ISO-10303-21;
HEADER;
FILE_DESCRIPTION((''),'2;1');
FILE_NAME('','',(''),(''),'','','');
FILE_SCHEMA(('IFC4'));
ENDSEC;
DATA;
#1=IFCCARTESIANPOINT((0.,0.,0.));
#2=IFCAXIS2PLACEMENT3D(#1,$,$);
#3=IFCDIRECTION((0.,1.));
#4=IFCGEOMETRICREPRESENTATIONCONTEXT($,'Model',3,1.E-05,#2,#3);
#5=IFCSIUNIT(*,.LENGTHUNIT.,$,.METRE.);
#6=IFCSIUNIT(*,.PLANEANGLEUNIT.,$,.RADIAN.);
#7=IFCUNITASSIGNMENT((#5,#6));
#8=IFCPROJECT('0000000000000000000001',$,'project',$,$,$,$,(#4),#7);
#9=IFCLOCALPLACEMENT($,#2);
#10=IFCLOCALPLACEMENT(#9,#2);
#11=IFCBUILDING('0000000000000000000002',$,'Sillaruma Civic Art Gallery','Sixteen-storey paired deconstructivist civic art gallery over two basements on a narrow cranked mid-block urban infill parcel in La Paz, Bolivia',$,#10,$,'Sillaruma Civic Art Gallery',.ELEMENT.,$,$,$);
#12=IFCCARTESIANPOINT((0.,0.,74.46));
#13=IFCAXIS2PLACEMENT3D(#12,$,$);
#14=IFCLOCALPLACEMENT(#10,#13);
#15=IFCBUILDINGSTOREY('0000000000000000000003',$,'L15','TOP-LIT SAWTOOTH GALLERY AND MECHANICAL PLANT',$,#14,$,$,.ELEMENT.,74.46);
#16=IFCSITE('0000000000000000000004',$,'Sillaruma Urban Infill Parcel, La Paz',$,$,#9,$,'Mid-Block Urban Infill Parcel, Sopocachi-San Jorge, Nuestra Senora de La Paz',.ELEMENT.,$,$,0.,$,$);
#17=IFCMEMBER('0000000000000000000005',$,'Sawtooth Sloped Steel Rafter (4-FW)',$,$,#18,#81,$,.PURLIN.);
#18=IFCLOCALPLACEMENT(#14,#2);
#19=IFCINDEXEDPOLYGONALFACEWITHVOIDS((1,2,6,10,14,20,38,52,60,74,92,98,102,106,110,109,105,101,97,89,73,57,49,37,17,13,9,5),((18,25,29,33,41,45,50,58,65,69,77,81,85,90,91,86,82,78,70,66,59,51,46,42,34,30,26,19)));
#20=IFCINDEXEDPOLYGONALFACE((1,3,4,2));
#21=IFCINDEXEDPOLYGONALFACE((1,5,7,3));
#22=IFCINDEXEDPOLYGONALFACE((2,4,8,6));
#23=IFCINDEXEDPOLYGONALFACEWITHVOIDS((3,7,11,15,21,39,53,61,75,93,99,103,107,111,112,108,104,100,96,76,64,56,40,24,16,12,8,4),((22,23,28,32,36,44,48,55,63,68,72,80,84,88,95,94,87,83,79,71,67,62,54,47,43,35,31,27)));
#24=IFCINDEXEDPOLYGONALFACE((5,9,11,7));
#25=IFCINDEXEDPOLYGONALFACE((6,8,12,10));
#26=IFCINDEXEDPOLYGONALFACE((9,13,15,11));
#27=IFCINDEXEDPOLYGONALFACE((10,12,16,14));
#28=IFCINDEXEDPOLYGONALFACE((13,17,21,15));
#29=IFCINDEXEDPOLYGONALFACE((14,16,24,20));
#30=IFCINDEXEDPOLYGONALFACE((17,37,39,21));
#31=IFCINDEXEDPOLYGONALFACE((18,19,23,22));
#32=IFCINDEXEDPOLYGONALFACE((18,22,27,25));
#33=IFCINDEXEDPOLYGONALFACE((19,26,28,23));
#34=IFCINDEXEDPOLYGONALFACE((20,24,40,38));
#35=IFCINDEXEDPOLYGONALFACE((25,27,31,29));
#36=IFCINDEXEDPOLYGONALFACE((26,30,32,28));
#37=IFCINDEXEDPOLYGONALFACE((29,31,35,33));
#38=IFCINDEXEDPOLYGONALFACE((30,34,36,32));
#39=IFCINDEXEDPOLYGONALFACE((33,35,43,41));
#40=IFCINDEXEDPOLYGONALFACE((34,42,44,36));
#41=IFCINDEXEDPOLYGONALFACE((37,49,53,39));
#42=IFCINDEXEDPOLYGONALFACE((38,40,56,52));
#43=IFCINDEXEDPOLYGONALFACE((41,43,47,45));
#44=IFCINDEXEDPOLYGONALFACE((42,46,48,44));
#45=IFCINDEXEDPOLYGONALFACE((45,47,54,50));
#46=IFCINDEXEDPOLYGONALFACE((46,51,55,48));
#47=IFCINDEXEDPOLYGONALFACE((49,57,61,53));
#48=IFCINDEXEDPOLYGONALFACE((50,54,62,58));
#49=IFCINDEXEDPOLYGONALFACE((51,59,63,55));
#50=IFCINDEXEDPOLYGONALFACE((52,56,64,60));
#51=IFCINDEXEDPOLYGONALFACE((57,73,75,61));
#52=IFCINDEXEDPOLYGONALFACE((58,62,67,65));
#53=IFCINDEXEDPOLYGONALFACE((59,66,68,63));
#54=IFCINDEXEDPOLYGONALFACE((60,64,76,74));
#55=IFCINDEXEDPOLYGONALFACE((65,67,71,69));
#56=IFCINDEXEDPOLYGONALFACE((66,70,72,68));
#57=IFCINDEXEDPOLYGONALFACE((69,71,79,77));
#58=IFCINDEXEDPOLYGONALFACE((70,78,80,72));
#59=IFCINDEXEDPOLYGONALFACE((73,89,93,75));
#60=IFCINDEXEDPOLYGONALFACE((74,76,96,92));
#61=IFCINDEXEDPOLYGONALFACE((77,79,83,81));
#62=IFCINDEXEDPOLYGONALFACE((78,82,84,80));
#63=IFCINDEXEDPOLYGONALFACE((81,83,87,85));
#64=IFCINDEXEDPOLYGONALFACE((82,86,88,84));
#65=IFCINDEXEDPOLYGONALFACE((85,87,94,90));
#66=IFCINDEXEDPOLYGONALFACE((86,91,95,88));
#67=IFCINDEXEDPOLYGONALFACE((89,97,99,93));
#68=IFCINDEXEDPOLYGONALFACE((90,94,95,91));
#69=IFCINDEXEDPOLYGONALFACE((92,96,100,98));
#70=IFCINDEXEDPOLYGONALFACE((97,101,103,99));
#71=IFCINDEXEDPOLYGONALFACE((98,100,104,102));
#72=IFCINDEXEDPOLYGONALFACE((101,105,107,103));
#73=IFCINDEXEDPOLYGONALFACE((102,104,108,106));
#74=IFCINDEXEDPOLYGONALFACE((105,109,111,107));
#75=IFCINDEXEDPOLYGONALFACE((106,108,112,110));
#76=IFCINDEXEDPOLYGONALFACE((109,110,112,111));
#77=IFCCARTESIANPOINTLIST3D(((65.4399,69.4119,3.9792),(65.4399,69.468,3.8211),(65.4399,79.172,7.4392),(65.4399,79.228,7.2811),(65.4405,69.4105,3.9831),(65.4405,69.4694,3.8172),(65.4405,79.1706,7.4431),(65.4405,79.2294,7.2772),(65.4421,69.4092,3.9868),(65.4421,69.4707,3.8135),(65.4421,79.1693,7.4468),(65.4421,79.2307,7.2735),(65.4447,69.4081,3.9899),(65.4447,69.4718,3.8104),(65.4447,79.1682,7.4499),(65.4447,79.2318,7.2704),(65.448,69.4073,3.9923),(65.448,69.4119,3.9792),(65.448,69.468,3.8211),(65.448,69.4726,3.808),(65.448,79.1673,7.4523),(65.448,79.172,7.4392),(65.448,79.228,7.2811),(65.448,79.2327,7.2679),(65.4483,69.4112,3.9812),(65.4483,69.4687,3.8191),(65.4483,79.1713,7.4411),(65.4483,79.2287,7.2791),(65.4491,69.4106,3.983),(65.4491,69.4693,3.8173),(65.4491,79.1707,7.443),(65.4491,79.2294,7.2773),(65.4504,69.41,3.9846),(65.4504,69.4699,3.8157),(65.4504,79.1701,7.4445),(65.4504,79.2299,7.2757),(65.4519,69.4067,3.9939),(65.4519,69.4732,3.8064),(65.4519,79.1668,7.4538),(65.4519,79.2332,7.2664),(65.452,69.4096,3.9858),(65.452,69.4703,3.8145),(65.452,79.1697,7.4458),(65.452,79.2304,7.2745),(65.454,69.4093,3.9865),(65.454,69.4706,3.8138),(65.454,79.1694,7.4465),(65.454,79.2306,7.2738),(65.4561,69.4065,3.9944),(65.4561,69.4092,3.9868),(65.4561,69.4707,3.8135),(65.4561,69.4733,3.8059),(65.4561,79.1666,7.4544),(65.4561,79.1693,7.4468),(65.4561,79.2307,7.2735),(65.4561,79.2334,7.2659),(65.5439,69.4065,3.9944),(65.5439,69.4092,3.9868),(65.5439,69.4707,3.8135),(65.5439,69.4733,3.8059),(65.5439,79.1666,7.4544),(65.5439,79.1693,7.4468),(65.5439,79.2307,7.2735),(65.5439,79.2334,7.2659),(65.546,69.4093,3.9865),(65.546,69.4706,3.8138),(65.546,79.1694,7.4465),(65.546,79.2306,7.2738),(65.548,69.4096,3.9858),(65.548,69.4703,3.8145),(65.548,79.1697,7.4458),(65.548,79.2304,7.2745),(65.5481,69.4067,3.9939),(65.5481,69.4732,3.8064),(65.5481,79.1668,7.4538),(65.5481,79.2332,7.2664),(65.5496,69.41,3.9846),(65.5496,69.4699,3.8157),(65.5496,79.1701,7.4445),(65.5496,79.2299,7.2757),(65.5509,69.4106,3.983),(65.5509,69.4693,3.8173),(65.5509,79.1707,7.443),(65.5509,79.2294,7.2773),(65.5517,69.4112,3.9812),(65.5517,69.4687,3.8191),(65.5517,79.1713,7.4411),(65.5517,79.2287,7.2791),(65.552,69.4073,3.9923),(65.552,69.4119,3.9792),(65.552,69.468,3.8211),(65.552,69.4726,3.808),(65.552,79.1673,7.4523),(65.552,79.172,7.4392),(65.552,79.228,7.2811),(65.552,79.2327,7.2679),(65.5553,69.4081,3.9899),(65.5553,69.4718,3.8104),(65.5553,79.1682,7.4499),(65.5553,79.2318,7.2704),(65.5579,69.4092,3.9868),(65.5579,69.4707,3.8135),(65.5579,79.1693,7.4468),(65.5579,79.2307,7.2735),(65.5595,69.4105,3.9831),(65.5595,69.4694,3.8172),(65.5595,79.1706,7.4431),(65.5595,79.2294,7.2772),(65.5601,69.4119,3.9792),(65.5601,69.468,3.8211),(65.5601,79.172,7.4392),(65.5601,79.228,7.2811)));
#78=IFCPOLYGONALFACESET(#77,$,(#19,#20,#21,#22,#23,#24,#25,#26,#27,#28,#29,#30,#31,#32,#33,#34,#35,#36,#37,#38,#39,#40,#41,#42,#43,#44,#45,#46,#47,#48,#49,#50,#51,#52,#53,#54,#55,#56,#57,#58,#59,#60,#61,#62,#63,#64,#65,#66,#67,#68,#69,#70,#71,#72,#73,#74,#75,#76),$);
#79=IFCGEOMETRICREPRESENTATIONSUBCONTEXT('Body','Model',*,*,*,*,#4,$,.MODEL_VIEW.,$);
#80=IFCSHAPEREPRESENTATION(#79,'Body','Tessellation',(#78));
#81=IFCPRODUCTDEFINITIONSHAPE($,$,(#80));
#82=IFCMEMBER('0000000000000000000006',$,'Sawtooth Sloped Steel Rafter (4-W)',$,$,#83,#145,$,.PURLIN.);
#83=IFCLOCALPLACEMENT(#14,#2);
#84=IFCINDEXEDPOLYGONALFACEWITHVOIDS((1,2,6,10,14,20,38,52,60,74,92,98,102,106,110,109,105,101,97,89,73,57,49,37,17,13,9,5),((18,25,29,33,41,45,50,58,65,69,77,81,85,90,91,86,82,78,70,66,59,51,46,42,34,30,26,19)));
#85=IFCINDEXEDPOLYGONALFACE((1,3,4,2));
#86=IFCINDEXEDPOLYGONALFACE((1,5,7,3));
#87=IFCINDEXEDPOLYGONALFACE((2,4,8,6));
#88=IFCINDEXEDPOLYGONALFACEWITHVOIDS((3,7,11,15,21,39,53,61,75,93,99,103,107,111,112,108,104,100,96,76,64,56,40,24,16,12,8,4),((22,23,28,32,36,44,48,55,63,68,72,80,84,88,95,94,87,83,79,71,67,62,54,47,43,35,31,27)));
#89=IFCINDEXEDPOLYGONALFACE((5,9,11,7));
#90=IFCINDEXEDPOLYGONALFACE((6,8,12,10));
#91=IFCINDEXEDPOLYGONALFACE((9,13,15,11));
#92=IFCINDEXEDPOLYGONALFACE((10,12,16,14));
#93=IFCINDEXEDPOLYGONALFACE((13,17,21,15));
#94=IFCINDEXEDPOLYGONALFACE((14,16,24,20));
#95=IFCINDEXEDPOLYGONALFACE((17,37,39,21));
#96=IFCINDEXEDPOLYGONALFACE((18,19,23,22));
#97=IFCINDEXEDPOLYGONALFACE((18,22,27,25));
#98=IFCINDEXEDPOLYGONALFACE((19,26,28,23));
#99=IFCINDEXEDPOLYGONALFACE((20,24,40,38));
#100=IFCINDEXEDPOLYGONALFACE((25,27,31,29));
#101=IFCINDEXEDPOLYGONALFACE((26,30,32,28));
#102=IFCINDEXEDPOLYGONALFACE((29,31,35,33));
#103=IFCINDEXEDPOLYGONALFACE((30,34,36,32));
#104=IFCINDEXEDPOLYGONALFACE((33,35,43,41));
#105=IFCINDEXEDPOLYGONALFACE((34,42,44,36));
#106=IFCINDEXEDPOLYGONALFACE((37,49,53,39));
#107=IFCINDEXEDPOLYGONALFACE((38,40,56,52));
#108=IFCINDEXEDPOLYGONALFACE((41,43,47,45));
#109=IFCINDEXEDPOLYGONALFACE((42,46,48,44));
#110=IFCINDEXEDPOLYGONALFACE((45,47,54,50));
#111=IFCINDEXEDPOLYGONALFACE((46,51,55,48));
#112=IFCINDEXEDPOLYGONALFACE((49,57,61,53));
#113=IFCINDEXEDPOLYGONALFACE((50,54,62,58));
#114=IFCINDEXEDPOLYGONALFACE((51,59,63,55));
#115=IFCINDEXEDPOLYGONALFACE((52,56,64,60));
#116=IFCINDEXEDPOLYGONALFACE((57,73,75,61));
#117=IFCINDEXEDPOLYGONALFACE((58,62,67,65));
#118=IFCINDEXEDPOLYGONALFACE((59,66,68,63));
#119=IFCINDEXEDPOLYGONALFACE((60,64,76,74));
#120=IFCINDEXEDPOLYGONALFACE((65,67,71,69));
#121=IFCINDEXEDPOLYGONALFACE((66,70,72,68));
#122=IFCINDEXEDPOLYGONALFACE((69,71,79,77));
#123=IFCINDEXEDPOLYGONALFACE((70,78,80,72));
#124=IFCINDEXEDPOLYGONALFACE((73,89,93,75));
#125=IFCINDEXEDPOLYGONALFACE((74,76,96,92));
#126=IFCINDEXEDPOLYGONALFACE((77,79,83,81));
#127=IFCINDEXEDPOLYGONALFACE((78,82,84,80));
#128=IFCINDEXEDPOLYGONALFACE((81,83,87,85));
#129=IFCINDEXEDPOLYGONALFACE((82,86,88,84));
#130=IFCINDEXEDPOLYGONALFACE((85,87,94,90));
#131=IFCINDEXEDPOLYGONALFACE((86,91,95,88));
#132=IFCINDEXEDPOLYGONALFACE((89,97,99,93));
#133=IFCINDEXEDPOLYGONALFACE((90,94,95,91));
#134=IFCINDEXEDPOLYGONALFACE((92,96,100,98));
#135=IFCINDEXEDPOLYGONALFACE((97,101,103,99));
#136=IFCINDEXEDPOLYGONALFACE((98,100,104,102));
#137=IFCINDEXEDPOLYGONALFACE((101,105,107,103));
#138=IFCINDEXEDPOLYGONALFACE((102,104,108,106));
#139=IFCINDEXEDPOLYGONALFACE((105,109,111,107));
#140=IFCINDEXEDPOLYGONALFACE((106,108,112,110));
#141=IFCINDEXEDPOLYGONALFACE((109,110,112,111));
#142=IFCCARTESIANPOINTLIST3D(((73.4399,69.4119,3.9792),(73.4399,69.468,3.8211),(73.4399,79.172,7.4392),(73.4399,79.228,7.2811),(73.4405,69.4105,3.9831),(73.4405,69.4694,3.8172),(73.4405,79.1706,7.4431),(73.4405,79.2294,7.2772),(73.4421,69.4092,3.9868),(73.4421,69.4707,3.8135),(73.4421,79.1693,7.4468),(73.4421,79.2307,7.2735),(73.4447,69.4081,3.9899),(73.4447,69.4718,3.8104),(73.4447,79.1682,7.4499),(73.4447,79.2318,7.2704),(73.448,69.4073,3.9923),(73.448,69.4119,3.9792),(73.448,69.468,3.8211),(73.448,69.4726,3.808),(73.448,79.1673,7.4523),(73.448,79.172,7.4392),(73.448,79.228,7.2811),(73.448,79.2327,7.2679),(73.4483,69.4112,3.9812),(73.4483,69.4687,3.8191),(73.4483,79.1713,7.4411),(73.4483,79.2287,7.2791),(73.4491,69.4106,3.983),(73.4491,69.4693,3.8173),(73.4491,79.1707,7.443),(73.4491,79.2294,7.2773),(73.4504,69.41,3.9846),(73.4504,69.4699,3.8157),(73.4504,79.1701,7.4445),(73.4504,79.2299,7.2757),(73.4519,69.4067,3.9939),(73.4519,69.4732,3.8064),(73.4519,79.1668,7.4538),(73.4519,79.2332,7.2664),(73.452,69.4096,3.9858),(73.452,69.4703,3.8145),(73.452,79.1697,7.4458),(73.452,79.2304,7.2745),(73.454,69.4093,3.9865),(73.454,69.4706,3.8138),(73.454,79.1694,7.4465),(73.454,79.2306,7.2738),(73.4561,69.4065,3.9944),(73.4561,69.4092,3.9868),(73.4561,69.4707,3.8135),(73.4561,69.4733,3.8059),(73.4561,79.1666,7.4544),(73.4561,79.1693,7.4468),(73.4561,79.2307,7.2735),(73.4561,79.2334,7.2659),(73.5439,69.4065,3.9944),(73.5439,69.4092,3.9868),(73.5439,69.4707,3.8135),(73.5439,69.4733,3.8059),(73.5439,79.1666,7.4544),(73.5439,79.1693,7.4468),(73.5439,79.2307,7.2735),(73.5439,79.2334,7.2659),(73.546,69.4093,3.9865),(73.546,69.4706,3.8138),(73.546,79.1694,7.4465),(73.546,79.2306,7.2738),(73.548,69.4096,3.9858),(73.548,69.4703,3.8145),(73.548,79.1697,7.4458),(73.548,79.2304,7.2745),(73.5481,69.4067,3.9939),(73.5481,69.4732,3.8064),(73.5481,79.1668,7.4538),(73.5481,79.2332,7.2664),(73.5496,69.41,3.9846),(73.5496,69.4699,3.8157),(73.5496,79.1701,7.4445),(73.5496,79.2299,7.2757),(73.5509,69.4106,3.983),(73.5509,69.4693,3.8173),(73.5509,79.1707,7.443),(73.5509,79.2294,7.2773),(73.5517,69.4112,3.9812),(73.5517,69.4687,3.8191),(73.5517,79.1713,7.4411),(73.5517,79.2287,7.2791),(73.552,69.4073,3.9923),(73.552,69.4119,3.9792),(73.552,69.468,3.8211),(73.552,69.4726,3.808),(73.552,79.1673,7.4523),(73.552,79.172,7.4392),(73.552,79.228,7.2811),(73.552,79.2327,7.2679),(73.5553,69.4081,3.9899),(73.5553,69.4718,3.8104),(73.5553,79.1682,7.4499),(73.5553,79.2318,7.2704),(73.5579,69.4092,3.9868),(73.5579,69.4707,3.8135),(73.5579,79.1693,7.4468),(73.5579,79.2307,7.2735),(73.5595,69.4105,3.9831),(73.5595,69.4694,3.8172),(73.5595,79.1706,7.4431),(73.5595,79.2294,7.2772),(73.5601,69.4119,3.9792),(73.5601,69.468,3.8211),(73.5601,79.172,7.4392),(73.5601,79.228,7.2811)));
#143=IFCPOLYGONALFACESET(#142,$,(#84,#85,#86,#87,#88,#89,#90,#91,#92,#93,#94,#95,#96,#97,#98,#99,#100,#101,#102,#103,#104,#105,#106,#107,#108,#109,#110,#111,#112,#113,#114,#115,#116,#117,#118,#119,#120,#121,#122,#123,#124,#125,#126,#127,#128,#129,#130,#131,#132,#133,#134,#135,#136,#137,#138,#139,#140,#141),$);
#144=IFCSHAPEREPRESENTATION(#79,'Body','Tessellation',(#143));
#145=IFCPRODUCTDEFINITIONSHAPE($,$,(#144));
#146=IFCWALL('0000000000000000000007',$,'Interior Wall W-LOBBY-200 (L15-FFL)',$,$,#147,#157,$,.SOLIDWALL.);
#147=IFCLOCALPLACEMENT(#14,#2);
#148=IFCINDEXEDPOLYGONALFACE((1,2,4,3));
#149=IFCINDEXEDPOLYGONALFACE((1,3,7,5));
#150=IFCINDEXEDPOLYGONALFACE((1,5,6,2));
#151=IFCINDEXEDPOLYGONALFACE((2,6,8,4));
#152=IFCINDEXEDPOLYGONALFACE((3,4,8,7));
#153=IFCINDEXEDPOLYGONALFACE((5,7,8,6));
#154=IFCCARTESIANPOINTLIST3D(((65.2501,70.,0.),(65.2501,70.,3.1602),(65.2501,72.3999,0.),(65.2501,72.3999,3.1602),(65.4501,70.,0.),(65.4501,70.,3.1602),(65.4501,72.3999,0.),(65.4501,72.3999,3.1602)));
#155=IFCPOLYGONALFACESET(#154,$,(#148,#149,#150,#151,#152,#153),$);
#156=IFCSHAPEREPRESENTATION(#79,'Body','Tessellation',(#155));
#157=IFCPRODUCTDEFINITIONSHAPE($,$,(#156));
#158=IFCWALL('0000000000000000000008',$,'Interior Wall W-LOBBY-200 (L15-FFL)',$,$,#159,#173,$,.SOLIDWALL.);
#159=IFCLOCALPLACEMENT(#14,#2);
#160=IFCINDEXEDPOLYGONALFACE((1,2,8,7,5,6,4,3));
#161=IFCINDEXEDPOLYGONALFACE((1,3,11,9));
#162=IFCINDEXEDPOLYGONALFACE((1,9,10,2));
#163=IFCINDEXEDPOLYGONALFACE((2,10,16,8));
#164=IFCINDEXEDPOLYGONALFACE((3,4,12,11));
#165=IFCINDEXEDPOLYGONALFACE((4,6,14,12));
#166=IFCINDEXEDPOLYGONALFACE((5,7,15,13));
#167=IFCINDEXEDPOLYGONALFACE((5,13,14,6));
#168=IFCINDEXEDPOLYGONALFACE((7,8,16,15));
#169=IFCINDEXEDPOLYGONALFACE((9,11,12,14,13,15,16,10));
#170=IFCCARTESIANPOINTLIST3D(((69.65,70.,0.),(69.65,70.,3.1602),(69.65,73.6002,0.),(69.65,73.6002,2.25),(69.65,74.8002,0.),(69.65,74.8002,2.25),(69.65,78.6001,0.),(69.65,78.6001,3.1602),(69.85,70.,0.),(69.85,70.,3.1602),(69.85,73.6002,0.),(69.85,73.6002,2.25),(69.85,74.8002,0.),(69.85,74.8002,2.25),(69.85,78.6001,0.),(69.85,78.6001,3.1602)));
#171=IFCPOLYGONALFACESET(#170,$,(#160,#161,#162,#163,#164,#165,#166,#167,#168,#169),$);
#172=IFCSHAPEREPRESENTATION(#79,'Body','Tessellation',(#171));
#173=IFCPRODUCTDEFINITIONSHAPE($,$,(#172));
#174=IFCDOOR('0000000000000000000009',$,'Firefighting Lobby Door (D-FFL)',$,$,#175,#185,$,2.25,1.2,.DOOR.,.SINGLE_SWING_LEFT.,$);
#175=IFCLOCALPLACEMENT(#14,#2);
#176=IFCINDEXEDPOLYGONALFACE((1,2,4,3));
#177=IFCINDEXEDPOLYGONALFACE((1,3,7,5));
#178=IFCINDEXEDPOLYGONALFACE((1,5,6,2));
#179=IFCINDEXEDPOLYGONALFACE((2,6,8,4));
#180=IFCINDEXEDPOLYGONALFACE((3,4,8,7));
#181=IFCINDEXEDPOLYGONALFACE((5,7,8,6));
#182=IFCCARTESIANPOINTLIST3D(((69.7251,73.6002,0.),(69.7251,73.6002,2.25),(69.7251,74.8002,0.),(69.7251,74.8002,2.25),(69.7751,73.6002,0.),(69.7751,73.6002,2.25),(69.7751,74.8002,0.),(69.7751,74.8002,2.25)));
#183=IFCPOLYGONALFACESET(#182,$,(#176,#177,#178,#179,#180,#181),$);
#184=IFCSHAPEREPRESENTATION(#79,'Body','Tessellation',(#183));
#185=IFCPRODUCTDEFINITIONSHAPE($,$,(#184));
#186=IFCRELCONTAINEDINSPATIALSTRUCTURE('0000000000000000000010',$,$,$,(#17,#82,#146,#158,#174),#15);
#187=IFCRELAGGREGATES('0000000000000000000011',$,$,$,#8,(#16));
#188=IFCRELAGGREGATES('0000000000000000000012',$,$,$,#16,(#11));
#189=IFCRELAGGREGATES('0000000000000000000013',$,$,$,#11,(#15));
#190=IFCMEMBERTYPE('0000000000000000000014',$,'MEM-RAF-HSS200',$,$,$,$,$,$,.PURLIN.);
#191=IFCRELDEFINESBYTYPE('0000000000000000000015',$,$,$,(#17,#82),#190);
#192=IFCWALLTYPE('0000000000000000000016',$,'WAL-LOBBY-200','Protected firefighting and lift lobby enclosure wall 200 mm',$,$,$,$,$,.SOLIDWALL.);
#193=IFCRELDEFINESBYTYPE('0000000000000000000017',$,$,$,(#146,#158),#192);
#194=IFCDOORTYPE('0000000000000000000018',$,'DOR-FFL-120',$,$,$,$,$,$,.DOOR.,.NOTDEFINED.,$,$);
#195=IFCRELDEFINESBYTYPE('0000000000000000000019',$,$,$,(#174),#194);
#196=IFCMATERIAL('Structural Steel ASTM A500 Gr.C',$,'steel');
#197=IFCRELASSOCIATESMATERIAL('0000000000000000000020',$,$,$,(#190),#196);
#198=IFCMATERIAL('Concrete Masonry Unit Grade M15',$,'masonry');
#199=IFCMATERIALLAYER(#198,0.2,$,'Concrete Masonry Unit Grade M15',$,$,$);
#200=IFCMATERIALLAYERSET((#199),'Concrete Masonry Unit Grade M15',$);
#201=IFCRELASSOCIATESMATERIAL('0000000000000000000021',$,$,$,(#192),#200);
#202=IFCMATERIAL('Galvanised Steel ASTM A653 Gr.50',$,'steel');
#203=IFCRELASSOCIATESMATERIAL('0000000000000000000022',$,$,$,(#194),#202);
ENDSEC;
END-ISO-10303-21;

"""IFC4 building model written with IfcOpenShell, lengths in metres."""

from ifc_helpers import new_model, si_unit, direction, frame, frame_2d, origin, origin_2d, place, context, subcontext, project, spatial, rectangle, hollow_rectangle, extrude, material, layer, layer_set, material_profile, profile_set, type_object, element, fill, save


model = new_model("IFC4")

# Units and contexts
model_context = context("Model", 3, precision=1e-05, world=origin(), true_north=direction((0.0, 1.0)))
body_context = subcontext(model_context, "Body", "Model", "MODEL_VIEW")
ifc_project = project(units=[si_unit("LENGTHUNIT", "METRE"), si_unit("PLANEANGLEUNIT", "RADIAN")], contexts=[model_context])

# Site, building, storey
site_placement = place(None, origin())
site = spatial("IfcSite", under=ifc_project, at=site_placement, Name="Sillaruma Urban Infill Parcel, La Paz", LongName="Mid-Block Urban Infill Parcel, Sopocachi-San Jorge, Nuestra Senora de La Paz", CompositionType="ELEMENT", RefElevation=0.0)
building_placement = place(site_placement, origin())
building = spatial("IfcBuilding", under=site, at=building_placement, Name="Sillaruma Civic Art Gallery", Description="Sixteen-storey paired deconstructivist civic art gallery over two basements on a narrow cranked mid-block urban infill parcel in La Paz, Bolivia", LongName="Sillaruma Civic Art Gallery", CompositionType="ELEMENT")
storey_placement = place(building_placement, frame((0.0, 0.0, 74.46)))
storey = spatial("IfcBuildingStorey", under=building, at=storey_placement, Name="L15", Description="TOP-LIT SAWTOOTH GALLERY AND MECHANICAL PLANT", CompositionType="ELEMENT", Elevation=74.46)

# Members
ifc_material_1 = material(Name="Structural Steel ASTM A500 Gr.C", Category="steel")
ifc_material_profile_1 = material_profile(ifc_material_1, hollow_rectangle(XDim=0.1201, YDim=0.2, WallThickness=0.0081, InnerFilletRadius=0.0081, OuterFilletRadius=0.0161, at=origin_2d()), Name="HSS200x120x8")
ifc_profile_set_1 = profile_set([ifc_material_profile_1], Name="Structural Steel ASTM A500 Gr.C")
member_type_1 = type_object("IfcMemberType", Name="MEM-RAF-HSS200", PredefinedType="PURLIN", material=ifc_profile_set_1)
for number, where, z_axis, x_axis, name in (
    (1, (65.5, 69.4399, 3.9001), (0.0, 0.942527, 0.33413), (-1.0, 0.0, 0.0), "Sawtooth Sloped Steel Rafter (4-FW)"),
    (2, (73.5, 69.4399, 3.9001), (0.0, 0.942527, 0.33413), (-1.0, 0.0, 0.0), "Sawtooth Sloped Steel Rafter (4-W)"),
):
    element("IfcMember", number, at=place(storey_placement, frame(where, z_axis=z_axis, x_axis=x_axis)), inside=storey, type_object=member_type_1, Name=name, PredefinedType="PURLIN", context=body_context, shape_type="SweptSolid", body=[
        extrude(hollow_rectangle(XDim=0.1201, YDim=0.2, WallThickness=0.0081, InnerFilletRadius=0.0081, OuterFilletRadius=0.0161, at=origin_2d()), origin(), (0.0, 0.0, 1.0), 10.3552),
    ])

# Wall
ifc_material_2 = material(Name="Concrete Masonry Unit Grade M15", Category="masonry")
ifc_layer_1 = layer(ifc_material_2, 0.2, Name="Concrete Masonry Unit Grade M15")
ifc_layer_set_1 = layer_set([ifc_layer_1], Name="Concrete Masonry Unit Grade M15")
wall_type = type_object("IfcWallType", Name="WAL-LOBBY-200", Description="Protected firefighting and lift lobby enclosure wall 200 mm", PredefinedType="SOLIDWALL", material=ifc_layer_set_1)
wall_1_placement = place(storey_placement, frame((65.3501, 70.0, 0.0), z_axis=(0.0, 0.0, 1.0), x_axis=(0.0, 1.0, 0.0)))
element("IfcWall", 3, at=wall_1_placement, inside=storey, type_object=wall_type, Name="Interior Wall W-LOBBY-200 (L15-FFL)", PredefinedType="SOLIDWALL", context=body_context, shape_type="SweptSolid", body=[
    extrude(rectangle(XDim=2.3999, YDim=0.2, at=frame_2d((1.2, 0.0))), origin(), (0.0, 0.0, 1.0), 3.1602),
])

# Wall, opening, door
wall_2_placement = place(storey_placement, frame((69.75, 70.0, 0.0), z_axis=(0.0, 0.0, 1.0), x_axis=(0.0, 1.0, 0.0)))
wall_2 = element("IfcWall", 4, at=wall_2_placement, inside=storey, type_object=wall_type, Name="Interior Wall W-LOBBY-200 (L15-FFL)", PredefinedType="SOLIDWALL", context=body_context, shape_type="SweptSolid", body=[
    extrude(rectangle(XDim=8.6001, YDim=0.2, at=frame_2d((4.3, 0.0))), origin(), (0.0, 0.0, 1.0), 3.1602),
])
opening_placement = place(wall_2_placement, frame((3.6001, 0.0, 0.0)))
opening = element("IfcOpeningElement", 5, at=opening_placement, cuts=wall_2, PredefinedType="OPENING", context=body_context, shape_type="SweptSolid", body=[
    extrude(rectangle(XDim=1.2, YDim=2.25, at=frame_2d((0.6001, 1.125))), frame((0.0, 0.1099, 0.0), z_axis=(0.0, -1.0, 0.0), x_axis=(1.0, 0.0, 0.0)), (0.0, 0.0, 1.0), 0.22),
])
ifc_material_3 = material(Name="Galvanised Steel ASTM A653 Gr.50", Category="steel")
door_type = type_object("IfcDoorType", Name="DOR-FFL-120", OperationType="NOTDEFINED", PredefinedType="DOOR", material=ifc_material_3)
door_placement = place(opening_placement, origin())
door = element("IfcDoor", 6, at=door_placement, inside=storey, type_object=door_type, Name="Firefighting Lobby Door (D-FFL)", OperationType="SINGLE_SWING_LEFT", OverallHeight=2.25, OverallWidth=1.2, PredefinedType="DOOR", context=body_context, shape_type="SweptSolid", body=[
    extrude(rectangle(XDim=1.2, YDim=2.25, at=frame_2d((0.6001, 1.125))), frame((0.0, 0.0249, 0.0), z_axis=(0.0, -1.0, 0.0), x_axis=(1.0, 0.0, 0.0)), (0.0, 0.0, 1.0), 0.05),
])
fill(opening, door)

save(model, "model.ifc")
